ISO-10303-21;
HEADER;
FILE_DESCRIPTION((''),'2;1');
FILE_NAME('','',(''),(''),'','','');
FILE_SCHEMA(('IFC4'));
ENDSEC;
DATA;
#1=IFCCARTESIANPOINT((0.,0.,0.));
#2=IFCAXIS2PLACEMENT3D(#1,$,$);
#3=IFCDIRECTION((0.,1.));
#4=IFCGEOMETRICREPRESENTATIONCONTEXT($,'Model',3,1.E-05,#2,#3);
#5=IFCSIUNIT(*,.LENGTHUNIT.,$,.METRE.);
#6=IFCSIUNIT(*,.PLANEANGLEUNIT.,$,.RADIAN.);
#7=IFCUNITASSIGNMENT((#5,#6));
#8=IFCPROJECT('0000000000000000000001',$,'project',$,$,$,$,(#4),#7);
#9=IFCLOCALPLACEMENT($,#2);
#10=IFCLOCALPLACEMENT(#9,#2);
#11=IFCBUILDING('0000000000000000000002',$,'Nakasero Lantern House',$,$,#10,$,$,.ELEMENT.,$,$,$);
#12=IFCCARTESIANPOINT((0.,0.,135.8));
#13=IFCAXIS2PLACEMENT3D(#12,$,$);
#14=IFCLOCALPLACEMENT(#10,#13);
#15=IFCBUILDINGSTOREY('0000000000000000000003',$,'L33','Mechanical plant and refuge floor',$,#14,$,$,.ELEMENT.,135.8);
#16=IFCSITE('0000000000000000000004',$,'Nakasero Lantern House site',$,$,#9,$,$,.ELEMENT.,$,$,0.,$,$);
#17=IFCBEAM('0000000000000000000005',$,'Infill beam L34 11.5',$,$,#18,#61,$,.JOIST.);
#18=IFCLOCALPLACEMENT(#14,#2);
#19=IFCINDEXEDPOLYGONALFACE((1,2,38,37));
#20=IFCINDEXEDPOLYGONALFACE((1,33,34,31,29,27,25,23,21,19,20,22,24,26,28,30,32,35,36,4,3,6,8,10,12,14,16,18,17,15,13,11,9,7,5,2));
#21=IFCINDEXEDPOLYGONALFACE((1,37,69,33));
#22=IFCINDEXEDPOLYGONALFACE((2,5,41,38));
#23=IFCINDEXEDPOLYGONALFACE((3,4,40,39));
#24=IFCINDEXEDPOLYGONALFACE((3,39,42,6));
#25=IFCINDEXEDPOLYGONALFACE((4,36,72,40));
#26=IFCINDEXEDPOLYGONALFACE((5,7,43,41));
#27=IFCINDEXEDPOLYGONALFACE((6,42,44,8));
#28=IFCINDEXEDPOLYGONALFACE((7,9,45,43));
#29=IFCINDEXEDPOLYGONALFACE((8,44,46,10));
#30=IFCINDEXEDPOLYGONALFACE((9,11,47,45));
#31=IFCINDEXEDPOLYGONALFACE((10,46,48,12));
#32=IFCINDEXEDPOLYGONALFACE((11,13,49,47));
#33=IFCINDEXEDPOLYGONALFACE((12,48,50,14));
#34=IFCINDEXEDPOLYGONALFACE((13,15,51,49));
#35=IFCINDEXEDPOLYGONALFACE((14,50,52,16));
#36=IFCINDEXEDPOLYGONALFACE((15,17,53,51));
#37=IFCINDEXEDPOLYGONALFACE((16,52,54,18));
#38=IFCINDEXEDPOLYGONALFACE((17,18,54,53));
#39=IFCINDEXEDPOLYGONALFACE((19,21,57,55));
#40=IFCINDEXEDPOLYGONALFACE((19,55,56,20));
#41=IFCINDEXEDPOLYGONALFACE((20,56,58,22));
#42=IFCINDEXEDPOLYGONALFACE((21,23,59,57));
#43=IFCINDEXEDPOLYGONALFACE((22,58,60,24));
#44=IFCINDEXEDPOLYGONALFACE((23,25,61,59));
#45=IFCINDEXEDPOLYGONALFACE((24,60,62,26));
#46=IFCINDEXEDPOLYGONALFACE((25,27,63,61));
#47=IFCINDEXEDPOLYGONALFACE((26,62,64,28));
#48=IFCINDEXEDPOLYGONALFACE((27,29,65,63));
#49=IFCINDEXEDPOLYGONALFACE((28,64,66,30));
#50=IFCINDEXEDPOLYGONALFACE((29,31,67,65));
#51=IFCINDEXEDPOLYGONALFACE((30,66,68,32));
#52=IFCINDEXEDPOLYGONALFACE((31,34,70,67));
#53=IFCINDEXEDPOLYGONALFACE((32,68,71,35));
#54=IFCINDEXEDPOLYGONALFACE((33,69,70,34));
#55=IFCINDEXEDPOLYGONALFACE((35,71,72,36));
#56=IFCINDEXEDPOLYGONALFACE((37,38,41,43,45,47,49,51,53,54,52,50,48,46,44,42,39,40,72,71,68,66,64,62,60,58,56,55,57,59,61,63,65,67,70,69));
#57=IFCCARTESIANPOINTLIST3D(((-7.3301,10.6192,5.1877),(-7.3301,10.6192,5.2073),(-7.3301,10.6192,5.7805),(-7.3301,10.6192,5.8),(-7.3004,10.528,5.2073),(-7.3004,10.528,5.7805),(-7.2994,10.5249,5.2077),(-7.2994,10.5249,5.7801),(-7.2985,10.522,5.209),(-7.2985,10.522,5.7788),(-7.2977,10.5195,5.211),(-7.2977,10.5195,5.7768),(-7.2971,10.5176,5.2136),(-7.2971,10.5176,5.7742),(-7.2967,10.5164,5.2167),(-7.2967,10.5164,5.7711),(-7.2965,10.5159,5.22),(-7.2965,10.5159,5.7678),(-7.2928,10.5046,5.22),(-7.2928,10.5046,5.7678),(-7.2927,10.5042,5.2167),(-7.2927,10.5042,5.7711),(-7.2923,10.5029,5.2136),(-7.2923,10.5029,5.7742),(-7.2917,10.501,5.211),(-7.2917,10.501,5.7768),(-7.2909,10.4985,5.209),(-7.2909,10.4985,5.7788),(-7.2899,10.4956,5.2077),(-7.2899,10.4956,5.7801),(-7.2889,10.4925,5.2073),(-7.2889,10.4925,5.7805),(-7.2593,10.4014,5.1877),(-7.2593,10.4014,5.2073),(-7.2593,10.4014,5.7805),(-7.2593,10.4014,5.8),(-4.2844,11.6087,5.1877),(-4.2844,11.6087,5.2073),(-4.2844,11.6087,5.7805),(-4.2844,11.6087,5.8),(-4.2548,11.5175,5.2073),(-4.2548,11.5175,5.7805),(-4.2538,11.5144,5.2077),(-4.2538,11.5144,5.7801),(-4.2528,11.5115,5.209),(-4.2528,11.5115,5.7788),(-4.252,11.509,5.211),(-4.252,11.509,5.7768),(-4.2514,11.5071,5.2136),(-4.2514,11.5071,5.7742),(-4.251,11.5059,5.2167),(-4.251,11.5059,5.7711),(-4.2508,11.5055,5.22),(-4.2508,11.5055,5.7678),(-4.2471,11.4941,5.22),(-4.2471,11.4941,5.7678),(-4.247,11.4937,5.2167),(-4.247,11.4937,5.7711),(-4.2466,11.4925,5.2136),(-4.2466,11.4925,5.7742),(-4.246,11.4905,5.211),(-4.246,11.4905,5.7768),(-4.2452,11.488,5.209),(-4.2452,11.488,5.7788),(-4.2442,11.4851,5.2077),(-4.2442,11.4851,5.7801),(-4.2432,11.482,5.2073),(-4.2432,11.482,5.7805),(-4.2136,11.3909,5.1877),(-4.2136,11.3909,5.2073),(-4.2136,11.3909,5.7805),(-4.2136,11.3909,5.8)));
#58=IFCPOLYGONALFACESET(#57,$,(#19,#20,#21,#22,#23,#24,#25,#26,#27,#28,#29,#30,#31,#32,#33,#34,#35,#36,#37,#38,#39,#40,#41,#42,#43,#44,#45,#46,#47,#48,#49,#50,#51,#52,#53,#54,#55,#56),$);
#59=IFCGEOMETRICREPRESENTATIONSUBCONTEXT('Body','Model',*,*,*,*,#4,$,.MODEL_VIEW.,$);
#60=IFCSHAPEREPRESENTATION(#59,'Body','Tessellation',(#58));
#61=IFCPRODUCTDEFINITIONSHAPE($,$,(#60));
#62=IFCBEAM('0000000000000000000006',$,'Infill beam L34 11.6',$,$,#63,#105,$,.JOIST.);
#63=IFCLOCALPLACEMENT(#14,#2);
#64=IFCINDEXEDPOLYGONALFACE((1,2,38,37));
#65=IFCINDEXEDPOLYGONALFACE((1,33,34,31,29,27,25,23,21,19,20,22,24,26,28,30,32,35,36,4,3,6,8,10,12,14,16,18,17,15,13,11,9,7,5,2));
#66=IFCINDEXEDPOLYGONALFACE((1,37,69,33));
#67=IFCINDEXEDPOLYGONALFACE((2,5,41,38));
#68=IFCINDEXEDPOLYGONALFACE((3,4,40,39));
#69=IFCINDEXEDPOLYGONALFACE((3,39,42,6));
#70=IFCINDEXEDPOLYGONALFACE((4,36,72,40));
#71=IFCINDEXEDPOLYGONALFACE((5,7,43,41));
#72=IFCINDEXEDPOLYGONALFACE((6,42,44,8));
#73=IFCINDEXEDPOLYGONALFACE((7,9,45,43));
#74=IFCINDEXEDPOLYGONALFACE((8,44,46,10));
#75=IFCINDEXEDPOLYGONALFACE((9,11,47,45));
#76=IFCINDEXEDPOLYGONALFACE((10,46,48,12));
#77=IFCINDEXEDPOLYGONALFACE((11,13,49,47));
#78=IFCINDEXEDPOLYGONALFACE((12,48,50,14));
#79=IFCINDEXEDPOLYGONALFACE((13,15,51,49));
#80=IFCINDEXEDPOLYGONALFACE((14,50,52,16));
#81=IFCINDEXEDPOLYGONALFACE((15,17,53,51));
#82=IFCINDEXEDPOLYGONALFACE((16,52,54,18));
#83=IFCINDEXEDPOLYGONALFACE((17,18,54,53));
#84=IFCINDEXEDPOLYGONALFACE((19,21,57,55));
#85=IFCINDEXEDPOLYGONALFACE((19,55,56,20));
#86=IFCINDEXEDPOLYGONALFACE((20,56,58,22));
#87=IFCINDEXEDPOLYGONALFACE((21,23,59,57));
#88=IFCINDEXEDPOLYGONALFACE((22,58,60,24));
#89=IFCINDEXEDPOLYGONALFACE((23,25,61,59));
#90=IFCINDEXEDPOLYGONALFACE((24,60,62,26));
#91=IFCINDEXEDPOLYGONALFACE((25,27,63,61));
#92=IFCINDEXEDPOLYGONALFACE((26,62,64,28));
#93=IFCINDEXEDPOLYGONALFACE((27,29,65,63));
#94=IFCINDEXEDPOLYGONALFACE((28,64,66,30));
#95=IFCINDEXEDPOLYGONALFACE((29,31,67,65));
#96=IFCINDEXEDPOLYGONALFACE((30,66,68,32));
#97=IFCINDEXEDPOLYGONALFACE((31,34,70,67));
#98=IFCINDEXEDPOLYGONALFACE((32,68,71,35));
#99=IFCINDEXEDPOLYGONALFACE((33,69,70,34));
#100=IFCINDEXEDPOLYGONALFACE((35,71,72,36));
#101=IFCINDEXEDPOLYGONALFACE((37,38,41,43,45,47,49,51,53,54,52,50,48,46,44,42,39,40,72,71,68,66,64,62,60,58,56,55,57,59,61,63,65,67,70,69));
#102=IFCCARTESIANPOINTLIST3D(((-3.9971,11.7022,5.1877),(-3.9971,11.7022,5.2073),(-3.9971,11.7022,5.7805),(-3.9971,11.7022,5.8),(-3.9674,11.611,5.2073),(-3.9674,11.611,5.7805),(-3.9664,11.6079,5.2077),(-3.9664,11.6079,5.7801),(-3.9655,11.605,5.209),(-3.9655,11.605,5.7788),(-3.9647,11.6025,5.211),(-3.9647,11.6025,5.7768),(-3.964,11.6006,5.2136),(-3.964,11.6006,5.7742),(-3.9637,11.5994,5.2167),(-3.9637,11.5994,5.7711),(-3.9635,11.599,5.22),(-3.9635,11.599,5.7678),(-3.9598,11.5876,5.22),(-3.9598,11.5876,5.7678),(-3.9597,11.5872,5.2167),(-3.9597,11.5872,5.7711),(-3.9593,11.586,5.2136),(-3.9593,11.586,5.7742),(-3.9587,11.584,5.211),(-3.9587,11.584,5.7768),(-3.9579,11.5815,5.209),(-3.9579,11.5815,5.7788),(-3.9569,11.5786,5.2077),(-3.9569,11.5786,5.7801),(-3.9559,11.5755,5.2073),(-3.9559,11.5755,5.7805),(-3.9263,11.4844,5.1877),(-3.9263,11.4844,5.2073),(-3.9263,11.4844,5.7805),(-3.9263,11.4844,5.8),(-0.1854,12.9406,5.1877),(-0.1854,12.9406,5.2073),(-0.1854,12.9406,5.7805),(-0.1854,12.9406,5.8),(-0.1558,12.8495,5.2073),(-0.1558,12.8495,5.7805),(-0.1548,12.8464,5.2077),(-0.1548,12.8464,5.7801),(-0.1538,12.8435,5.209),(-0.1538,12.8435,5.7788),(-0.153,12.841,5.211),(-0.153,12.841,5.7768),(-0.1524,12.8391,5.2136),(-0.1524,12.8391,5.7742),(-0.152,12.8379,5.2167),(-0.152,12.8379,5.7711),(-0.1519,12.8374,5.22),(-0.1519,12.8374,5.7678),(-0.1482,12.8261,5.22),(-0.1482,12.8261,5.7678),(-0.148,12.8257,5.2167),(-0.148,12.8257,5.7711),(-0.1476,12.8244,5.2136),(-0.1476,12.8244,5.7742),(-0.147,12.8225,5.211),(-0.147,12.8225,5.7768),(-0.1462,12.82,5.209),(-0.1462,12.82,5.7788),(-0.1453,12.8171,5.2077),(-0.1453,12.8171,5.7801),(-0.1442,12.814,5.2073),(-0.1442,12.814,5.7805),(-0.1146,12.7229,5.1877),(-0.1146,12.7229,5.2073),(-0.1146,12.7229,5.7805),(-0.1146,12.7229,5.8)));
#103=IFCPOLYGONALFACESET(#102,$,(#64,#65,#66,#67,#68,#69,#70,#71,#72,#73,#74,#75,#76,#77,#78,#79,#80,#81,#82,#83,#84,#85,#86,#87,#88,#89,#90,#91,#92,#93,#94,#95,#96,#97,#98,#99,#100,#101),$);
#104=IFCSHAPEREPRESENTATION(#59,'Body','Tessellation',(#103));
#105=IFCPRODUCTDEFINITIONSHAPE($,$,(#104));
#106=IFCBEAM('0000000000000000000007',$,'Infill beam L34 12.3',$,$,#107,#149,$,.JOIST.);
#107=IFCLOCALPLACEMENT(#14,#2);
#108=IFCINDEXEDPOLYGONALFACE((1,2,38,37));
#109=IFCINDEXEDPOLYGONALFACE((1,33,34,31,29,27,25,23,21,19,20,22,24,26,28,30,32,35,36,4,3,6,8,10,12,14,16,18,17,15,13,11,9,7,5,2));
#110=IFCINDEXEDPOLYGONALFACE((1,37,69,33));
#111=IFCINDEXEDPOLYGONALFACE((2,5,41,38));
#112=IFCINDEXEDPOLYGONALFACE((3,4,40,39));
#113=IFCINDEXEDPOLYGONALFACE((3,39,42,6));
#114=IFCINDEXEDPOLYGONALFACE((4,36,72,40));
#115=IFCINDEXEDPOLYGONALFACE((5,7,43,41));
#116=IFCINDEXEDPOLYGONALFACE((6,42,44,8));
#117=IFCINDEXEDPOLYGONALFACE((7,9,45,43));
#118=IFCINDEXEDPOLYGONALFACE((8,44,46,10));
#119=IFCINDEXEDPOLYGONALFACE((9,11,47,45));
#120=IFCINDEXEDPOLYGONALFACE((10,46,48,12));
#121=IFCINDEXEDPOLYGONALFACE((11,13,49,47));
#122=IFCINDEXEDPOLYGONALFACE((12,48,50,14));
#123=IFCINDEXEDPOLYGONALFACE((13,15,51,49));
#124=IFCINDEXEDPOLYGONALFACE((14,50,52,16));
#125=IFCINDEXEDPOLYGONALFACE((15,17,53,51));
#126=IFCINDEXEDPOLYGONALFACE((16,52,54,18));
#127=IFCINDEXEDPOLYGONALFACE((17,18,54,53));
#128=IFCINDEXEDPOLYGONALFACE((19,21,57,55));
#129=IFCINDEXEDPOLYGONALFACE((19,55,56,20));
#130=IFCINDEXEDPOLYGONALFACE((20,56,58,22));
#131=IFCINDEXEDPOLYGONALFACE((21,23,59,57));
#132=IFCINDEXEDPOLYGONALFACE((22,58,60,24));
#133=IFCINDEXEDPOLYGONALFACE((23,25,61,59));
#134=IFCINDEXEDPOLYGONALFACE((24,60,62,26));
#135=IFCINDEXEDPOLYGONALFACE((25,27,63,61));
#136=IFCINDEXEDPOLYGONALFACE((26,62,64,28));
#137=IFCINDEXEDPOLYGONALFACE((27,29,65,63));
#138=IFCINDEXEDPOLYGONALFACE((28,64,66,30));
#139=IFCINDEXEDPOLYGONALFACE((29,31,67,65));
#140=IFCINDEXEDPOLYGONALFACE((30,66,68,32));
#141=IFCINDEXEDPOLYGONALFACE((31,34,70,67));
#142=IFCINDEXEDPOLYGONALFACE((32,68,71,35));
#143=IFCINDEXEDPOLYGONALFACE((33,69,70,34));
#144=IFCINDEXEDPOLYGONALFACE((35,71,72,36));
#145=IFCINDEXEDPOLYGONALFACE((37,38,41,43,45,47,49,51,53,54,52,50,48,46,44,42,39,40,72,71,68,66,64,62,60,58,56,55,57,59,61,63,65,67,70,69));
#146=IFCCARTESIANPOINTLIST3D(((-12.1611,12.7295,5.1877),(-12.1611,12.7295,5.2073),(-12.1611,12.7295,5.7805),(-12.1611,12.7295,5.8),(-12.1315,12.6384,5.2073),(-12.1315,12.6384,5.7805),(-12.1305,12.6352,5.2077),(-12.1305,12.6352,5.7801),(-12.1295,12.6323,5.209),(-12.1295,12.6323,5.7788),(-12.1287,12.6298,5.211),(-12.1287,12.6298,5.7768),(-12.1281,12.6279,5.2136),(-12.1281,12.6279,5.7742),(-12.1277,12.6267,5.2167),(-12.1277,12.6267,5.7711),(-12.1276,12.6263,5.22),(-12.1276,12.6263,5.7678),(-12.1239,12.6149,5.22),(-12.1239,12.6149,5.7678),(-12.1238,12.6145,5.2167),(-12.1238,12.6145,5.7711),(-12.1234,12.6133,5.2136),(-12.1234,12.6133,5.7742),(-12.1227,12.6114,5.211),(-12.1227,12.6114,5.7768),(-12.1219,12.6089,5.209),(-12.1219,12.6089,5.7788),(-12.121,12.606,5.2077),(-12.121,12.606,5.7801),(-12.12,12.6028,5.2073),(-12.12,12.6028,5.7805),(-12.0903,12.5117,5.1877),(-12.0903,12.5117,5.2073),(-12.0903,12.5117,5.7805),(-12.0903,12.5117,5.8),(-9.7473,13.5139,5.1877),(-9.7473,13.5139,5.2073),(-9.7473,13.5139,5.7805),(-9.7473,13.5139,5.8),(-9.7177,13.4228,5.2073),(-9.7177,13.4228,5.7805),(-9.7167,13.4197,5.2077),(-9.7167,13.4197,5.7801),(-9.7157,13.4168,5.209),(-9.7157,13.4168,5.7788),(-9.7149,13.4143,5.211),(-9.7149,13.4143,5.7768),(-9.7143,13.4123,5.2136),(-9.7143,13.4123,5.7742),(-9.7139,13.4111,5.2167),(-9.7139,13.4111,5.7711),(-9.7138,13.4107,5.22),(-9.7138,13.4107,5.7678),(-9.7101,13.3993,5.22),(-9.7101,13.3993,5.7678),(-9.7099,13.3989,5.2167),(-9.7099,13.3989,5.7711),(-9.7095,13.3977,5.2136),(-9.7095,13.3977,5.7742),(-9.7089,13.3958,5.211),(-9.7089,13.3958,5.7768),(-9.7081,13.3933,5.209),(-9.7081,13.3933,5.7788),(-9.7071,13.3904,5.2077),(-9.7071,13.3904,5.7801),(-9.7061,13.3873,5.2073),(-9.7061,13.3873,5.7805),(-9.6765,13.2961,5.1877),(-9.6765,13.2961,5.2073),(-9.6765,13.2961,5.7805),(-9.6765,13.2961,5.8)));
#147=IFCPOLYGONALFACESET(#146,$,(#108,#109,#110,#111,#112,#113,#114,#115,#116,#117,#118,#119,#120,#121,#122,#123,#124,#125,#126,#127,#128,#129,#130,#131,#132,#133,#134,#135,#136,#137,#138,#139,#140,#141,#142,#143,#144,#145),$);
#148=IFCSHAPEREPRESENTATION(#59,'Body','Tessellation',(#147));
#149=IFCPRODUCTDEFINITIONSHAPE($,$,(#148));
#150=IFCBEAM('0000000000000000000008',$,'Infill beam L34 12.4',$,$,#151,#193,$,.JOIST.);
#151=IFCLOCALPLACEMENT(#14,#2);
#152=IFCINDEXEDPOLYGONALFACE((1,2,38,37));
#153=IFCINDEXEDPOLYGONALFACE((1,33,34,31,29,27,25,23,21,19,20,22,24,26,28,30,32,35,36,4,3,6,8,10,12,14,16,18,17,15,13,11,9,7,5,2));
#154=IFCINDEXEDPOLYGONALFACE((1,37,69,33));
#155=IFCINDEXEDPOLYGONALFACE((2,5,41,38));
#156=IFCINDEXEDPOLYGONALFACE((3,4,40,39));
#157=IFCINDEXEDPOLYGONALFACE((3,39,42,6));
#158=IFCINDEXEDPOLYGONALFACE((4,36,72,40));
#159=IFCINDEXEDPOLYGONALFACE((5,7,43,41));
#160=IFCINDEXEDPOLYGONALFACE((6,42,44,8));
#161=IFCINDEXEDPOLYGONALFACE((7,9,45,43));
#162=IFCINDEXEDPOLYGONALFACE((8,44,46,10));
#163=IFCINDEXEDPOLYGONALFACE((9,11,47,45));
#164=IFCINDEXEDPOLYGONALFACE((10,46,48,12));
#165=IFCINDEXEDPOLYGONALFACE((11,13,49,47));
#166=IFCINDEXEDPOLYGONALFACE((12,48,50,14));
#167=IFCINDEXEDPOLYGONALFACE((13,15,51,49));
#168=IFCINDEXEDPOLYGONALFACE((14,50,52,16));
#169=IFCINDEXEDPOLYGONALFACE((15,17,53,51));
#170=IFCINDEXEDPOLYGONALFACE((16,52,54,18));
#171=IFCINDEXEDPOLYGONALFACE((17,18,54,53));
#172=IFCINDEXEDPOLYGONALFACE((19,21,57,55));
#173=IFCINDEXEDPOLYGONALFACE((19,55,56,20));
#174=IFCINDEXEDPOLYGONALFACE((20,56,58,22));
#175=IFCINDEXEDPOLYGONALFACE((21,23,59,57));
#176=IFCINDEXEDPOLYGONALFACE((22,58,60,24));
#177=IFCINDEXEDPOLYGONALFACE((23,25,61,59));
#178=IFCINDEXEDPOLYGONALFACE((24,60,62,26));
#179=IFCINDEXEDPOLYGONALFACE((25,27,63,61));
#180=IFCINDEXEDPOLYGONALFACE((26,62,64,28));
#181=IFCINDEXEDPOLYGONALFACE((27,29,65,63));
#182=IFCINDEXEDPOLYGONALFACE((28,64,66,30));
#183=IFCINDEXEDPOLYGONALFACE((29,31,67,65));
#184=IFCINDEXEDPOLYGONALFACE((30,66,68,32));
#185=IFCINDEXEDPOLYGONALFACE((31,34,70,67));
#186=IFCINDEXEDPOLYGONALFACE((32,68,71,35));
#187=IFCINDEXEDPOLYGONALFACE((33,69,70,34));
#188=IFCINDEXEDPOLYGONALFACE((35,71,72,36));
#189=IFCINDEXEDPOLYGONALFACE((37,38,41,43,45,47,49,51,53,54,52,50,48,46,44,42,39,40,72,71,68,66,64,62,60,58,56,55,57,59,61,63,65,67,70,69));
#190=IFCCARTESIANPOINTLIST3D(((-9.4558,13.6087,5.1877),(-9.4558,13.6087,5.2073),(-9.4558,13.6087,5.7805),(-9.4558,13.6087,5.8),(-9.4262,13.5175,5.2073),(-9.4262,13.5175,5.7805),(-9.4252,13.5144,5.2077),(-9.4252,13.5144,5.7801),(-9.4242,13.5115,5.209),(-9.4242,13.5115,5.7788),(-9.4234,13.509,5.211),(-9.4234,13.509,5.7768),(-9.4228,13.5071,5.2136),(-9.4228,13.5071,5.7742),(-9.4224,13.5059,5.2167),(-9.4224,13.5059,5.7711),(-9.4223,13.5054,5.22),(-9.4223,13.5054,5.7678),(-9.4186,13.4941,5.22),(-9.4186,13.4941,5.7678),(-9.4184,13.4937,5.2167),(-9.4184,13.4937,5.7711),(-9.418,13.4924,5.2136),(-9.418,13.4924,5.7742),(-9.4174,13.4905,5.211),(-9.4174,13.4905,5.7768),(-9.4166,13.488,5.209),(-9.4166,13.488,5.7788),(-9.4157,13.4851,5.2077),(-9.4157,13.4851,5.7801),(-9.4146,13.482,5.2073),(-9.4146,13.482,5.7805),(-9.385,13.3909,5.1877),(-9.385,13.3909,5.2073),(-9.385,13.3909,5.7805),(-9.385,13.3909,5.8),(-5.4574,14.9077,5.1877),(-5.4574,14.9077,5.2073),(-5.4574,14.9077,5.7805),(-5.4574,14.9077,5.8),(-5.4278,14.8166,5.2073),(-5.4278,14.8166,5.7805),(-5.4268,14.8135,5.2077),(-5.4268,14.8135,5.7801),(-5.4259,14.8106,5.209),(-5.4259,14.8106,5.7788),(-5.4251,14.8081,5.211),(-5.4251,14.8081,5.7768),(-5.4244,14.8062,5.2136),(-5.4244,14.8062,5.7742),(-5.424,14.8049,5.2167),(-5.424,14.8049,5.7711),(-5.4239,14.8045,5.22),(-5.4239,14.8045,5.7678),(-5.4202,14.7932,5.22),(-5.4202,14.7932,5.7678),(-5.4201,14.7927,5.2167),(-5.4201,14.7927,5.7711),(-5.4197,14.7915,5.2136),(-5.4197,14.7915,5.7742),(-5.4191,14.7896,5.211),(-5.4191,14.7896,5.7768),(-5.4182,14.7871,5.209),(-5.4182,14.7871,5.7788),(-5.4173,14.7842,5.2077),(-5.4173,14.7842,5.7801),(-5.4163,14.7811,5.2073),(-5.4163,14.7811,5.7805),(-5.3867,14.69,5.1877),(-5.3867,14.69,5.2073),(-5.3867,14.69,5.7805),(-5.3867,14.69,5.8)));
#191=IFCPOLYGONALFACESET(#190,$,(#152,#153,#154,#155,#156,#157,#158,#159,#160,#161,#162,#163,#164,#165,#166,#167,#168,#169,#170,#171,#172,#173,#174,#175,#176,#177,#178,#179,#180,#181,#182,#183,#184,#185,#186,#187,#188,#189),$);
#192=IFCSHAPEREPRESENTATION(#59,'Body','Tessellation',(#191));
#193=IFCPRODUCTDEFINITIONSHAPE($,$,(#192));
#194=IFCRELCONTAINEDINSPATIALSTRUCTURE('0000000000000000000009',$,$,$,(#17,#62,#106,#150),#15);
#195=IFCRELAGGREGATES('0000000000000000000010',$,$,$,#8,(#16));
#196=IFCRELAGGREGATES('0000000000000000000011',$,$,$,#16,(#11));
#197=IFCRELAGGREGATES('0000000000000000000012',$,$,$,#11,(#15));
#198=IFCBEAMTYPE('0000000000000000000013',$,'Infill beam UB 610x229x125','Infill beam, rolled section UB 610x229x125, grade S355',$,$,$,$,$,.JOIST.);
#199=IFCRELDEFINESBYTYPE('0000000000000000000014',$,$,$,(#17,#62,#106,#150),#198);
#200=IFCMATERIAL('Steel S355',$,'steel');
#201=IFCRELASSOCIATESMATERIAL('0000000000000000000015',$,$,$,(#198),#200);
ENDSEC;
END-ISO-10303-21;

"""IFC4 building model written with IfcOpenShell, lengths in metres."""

from ifc_helpers import new_model, si_unit, direction, frame, origin, origin_2d, place, context, subcontext, project, spatial, i_section, extrude, material, material_profile, profile_set, type_object, element, save


model = new_model("IFC4")

# Units and contexts
model_context = context("Model", 3, precision=1e-05, world=origin(), true_north=direction((0.0, 1.0)))
body_context = subcontext(model_context, "Body", "Model", "MODEL_VIEW")
ifc_project = project(units=[si_unit("LENGTHUNIT", "METRE"), si_unit("PLANEANGLEUNIT", "RADIAN")], contexts=[model_context])

# Site, building, storey
site_placement = place(None, origin())
site = spatial("IfcSite", under=ifc_project, at=site_placement, Name="Nakasero Lantern House site", CompositionType="ELEMENT", RefElevation=0.0)
building_placement = place(site_placement, origin())
building = spatial("IfcBuilding", under=site, at=building_placement, Name="Nakasero Lantern House", CompositionType="ELEMENT")
storey_placement = place(building_placement, frame((0.0, 0.0, 135.8)))
storey = spatial("IfcBuildingStorey", under=building, at=storey_placement, Name="L33", Description="Mechanical plant and refuge floor", CompositionType="ELEMENT", Elevation=135.8)

# Beams
ifc_material_1 = material(Name="Steel S355", Category="steel")
ifc_material_profile_1 = material_profile(ifc_material_1, i_section(OverallWidth=0.229, OverallDepth=0.6123, WebThickness=0.012, FlangeThickness=0.0195, FilletRadius=0.0127, at=origin_2d()), Name="UB 610x229x125")
ifc_profile_set_1 = profile_set([ifc_material_profile_1], Name="Steel S355")
beam_type_1 = type_object("IfcBeamType", Name="Infill beam UB 610x229x125", Description="Infill beam, rolled section UB 610x229x125, grade S355", PredefinedType="JOIST", material=ifc_profile_set_1)
beam_1_placement = place(storey_placement, frame((-7.2947, 10.5103, 5.4939), z_axis=(0.951065, 0.308991, 0.0), x_axis=(-0.308991, 0.951065, 0.0)))
element("IfcBeam", 1, at=beam_1_placement, inside=storey, type_object=beam_type_1, Name="Infill beam L34 11.5", PredefinedType="JOIST", context=body_context, shape_type="SweptSolid", body=[
    extrude(i_section(OverallWidth=0.229, OverallDepth=0.6123, WebThickness=0.012, FlangeThickness=0.0195, FilletRadius=0.0127, at=origin_2d()), origin(), (0.0, 0.0, 1.0), 3.2024),
])
beam_2_placement = place(storey_placement, frame((-3.9617, 11.5933, 5.4939), z_axis=(0.951056, 0.309019, 0.0), x_axis=(-0.309019, 0.951056, 0.0)))
element("IfcBeam", 2, at=beam_2_placement, inside=storey, type_object=beam_type_1, Name="Infill beam L34 11.6", PredefinedType="JOIST", context=body_context, shape_type="SweptSolid", body=[
    extrude(i_section(OverallWidth=0.229, OverallDepth=0.6123, WebThickness=0.012, FlangeThickness=0.0195, FilletRadius=0.0127, at=origin_2d()), origin(), (0.0, 0.0, 1.0), 4.0078),
])
beam_3_placement = place(storey_placement, frame((-12.1257, 12.6206, 5.4939), z_axis=(0.951042, 0.309062, 0.0), x_axis=(-0.309062, 0.951042, 0.0)))
element("IfcBeam", 3, at=beam_3_placement, inside=storey, type_object=beam_type_1, Name="Infill beam L34 12.3", PredefinedType="JOIST", context=body_context, shape_type="SweptSolid", body=[
    extrude(i_section(OverallWidth=0.229, OverallDepth=0.6123, WebThickness=0.012, FlangeThickness=0.0195, FilletRadius=0.0127, at=origin_2d()), origin(), (0.0, 0.0, 1.0), 2.5381),
])
beam_4_placement = place(storey_placement, frame((-9.4204, 13.4998, 5.4939), z_axis=(0.95106, 0.309006, 0.0), x_axis=(-0.309006, 0.95106, 0.0)))
element("IfcBeam", 4, at=beam_4_placement, inside=storey, type_object=beam_type_1, Name="Infill beam L34 12.4", PredefinedType="JOIST", context=body_context, shape_type="SweptSolid", body=[
    extrude(i_section(OverallWidth=0.229, OverallDepth=0.6123, WebThickness=0.012, FlangeThickness=0.0195, FilletRadius=0.0127, at=origin_2d()), origin(), (0.0, 0.0, 1.0), 4.2041),
])

save(model, "model.ifc")
